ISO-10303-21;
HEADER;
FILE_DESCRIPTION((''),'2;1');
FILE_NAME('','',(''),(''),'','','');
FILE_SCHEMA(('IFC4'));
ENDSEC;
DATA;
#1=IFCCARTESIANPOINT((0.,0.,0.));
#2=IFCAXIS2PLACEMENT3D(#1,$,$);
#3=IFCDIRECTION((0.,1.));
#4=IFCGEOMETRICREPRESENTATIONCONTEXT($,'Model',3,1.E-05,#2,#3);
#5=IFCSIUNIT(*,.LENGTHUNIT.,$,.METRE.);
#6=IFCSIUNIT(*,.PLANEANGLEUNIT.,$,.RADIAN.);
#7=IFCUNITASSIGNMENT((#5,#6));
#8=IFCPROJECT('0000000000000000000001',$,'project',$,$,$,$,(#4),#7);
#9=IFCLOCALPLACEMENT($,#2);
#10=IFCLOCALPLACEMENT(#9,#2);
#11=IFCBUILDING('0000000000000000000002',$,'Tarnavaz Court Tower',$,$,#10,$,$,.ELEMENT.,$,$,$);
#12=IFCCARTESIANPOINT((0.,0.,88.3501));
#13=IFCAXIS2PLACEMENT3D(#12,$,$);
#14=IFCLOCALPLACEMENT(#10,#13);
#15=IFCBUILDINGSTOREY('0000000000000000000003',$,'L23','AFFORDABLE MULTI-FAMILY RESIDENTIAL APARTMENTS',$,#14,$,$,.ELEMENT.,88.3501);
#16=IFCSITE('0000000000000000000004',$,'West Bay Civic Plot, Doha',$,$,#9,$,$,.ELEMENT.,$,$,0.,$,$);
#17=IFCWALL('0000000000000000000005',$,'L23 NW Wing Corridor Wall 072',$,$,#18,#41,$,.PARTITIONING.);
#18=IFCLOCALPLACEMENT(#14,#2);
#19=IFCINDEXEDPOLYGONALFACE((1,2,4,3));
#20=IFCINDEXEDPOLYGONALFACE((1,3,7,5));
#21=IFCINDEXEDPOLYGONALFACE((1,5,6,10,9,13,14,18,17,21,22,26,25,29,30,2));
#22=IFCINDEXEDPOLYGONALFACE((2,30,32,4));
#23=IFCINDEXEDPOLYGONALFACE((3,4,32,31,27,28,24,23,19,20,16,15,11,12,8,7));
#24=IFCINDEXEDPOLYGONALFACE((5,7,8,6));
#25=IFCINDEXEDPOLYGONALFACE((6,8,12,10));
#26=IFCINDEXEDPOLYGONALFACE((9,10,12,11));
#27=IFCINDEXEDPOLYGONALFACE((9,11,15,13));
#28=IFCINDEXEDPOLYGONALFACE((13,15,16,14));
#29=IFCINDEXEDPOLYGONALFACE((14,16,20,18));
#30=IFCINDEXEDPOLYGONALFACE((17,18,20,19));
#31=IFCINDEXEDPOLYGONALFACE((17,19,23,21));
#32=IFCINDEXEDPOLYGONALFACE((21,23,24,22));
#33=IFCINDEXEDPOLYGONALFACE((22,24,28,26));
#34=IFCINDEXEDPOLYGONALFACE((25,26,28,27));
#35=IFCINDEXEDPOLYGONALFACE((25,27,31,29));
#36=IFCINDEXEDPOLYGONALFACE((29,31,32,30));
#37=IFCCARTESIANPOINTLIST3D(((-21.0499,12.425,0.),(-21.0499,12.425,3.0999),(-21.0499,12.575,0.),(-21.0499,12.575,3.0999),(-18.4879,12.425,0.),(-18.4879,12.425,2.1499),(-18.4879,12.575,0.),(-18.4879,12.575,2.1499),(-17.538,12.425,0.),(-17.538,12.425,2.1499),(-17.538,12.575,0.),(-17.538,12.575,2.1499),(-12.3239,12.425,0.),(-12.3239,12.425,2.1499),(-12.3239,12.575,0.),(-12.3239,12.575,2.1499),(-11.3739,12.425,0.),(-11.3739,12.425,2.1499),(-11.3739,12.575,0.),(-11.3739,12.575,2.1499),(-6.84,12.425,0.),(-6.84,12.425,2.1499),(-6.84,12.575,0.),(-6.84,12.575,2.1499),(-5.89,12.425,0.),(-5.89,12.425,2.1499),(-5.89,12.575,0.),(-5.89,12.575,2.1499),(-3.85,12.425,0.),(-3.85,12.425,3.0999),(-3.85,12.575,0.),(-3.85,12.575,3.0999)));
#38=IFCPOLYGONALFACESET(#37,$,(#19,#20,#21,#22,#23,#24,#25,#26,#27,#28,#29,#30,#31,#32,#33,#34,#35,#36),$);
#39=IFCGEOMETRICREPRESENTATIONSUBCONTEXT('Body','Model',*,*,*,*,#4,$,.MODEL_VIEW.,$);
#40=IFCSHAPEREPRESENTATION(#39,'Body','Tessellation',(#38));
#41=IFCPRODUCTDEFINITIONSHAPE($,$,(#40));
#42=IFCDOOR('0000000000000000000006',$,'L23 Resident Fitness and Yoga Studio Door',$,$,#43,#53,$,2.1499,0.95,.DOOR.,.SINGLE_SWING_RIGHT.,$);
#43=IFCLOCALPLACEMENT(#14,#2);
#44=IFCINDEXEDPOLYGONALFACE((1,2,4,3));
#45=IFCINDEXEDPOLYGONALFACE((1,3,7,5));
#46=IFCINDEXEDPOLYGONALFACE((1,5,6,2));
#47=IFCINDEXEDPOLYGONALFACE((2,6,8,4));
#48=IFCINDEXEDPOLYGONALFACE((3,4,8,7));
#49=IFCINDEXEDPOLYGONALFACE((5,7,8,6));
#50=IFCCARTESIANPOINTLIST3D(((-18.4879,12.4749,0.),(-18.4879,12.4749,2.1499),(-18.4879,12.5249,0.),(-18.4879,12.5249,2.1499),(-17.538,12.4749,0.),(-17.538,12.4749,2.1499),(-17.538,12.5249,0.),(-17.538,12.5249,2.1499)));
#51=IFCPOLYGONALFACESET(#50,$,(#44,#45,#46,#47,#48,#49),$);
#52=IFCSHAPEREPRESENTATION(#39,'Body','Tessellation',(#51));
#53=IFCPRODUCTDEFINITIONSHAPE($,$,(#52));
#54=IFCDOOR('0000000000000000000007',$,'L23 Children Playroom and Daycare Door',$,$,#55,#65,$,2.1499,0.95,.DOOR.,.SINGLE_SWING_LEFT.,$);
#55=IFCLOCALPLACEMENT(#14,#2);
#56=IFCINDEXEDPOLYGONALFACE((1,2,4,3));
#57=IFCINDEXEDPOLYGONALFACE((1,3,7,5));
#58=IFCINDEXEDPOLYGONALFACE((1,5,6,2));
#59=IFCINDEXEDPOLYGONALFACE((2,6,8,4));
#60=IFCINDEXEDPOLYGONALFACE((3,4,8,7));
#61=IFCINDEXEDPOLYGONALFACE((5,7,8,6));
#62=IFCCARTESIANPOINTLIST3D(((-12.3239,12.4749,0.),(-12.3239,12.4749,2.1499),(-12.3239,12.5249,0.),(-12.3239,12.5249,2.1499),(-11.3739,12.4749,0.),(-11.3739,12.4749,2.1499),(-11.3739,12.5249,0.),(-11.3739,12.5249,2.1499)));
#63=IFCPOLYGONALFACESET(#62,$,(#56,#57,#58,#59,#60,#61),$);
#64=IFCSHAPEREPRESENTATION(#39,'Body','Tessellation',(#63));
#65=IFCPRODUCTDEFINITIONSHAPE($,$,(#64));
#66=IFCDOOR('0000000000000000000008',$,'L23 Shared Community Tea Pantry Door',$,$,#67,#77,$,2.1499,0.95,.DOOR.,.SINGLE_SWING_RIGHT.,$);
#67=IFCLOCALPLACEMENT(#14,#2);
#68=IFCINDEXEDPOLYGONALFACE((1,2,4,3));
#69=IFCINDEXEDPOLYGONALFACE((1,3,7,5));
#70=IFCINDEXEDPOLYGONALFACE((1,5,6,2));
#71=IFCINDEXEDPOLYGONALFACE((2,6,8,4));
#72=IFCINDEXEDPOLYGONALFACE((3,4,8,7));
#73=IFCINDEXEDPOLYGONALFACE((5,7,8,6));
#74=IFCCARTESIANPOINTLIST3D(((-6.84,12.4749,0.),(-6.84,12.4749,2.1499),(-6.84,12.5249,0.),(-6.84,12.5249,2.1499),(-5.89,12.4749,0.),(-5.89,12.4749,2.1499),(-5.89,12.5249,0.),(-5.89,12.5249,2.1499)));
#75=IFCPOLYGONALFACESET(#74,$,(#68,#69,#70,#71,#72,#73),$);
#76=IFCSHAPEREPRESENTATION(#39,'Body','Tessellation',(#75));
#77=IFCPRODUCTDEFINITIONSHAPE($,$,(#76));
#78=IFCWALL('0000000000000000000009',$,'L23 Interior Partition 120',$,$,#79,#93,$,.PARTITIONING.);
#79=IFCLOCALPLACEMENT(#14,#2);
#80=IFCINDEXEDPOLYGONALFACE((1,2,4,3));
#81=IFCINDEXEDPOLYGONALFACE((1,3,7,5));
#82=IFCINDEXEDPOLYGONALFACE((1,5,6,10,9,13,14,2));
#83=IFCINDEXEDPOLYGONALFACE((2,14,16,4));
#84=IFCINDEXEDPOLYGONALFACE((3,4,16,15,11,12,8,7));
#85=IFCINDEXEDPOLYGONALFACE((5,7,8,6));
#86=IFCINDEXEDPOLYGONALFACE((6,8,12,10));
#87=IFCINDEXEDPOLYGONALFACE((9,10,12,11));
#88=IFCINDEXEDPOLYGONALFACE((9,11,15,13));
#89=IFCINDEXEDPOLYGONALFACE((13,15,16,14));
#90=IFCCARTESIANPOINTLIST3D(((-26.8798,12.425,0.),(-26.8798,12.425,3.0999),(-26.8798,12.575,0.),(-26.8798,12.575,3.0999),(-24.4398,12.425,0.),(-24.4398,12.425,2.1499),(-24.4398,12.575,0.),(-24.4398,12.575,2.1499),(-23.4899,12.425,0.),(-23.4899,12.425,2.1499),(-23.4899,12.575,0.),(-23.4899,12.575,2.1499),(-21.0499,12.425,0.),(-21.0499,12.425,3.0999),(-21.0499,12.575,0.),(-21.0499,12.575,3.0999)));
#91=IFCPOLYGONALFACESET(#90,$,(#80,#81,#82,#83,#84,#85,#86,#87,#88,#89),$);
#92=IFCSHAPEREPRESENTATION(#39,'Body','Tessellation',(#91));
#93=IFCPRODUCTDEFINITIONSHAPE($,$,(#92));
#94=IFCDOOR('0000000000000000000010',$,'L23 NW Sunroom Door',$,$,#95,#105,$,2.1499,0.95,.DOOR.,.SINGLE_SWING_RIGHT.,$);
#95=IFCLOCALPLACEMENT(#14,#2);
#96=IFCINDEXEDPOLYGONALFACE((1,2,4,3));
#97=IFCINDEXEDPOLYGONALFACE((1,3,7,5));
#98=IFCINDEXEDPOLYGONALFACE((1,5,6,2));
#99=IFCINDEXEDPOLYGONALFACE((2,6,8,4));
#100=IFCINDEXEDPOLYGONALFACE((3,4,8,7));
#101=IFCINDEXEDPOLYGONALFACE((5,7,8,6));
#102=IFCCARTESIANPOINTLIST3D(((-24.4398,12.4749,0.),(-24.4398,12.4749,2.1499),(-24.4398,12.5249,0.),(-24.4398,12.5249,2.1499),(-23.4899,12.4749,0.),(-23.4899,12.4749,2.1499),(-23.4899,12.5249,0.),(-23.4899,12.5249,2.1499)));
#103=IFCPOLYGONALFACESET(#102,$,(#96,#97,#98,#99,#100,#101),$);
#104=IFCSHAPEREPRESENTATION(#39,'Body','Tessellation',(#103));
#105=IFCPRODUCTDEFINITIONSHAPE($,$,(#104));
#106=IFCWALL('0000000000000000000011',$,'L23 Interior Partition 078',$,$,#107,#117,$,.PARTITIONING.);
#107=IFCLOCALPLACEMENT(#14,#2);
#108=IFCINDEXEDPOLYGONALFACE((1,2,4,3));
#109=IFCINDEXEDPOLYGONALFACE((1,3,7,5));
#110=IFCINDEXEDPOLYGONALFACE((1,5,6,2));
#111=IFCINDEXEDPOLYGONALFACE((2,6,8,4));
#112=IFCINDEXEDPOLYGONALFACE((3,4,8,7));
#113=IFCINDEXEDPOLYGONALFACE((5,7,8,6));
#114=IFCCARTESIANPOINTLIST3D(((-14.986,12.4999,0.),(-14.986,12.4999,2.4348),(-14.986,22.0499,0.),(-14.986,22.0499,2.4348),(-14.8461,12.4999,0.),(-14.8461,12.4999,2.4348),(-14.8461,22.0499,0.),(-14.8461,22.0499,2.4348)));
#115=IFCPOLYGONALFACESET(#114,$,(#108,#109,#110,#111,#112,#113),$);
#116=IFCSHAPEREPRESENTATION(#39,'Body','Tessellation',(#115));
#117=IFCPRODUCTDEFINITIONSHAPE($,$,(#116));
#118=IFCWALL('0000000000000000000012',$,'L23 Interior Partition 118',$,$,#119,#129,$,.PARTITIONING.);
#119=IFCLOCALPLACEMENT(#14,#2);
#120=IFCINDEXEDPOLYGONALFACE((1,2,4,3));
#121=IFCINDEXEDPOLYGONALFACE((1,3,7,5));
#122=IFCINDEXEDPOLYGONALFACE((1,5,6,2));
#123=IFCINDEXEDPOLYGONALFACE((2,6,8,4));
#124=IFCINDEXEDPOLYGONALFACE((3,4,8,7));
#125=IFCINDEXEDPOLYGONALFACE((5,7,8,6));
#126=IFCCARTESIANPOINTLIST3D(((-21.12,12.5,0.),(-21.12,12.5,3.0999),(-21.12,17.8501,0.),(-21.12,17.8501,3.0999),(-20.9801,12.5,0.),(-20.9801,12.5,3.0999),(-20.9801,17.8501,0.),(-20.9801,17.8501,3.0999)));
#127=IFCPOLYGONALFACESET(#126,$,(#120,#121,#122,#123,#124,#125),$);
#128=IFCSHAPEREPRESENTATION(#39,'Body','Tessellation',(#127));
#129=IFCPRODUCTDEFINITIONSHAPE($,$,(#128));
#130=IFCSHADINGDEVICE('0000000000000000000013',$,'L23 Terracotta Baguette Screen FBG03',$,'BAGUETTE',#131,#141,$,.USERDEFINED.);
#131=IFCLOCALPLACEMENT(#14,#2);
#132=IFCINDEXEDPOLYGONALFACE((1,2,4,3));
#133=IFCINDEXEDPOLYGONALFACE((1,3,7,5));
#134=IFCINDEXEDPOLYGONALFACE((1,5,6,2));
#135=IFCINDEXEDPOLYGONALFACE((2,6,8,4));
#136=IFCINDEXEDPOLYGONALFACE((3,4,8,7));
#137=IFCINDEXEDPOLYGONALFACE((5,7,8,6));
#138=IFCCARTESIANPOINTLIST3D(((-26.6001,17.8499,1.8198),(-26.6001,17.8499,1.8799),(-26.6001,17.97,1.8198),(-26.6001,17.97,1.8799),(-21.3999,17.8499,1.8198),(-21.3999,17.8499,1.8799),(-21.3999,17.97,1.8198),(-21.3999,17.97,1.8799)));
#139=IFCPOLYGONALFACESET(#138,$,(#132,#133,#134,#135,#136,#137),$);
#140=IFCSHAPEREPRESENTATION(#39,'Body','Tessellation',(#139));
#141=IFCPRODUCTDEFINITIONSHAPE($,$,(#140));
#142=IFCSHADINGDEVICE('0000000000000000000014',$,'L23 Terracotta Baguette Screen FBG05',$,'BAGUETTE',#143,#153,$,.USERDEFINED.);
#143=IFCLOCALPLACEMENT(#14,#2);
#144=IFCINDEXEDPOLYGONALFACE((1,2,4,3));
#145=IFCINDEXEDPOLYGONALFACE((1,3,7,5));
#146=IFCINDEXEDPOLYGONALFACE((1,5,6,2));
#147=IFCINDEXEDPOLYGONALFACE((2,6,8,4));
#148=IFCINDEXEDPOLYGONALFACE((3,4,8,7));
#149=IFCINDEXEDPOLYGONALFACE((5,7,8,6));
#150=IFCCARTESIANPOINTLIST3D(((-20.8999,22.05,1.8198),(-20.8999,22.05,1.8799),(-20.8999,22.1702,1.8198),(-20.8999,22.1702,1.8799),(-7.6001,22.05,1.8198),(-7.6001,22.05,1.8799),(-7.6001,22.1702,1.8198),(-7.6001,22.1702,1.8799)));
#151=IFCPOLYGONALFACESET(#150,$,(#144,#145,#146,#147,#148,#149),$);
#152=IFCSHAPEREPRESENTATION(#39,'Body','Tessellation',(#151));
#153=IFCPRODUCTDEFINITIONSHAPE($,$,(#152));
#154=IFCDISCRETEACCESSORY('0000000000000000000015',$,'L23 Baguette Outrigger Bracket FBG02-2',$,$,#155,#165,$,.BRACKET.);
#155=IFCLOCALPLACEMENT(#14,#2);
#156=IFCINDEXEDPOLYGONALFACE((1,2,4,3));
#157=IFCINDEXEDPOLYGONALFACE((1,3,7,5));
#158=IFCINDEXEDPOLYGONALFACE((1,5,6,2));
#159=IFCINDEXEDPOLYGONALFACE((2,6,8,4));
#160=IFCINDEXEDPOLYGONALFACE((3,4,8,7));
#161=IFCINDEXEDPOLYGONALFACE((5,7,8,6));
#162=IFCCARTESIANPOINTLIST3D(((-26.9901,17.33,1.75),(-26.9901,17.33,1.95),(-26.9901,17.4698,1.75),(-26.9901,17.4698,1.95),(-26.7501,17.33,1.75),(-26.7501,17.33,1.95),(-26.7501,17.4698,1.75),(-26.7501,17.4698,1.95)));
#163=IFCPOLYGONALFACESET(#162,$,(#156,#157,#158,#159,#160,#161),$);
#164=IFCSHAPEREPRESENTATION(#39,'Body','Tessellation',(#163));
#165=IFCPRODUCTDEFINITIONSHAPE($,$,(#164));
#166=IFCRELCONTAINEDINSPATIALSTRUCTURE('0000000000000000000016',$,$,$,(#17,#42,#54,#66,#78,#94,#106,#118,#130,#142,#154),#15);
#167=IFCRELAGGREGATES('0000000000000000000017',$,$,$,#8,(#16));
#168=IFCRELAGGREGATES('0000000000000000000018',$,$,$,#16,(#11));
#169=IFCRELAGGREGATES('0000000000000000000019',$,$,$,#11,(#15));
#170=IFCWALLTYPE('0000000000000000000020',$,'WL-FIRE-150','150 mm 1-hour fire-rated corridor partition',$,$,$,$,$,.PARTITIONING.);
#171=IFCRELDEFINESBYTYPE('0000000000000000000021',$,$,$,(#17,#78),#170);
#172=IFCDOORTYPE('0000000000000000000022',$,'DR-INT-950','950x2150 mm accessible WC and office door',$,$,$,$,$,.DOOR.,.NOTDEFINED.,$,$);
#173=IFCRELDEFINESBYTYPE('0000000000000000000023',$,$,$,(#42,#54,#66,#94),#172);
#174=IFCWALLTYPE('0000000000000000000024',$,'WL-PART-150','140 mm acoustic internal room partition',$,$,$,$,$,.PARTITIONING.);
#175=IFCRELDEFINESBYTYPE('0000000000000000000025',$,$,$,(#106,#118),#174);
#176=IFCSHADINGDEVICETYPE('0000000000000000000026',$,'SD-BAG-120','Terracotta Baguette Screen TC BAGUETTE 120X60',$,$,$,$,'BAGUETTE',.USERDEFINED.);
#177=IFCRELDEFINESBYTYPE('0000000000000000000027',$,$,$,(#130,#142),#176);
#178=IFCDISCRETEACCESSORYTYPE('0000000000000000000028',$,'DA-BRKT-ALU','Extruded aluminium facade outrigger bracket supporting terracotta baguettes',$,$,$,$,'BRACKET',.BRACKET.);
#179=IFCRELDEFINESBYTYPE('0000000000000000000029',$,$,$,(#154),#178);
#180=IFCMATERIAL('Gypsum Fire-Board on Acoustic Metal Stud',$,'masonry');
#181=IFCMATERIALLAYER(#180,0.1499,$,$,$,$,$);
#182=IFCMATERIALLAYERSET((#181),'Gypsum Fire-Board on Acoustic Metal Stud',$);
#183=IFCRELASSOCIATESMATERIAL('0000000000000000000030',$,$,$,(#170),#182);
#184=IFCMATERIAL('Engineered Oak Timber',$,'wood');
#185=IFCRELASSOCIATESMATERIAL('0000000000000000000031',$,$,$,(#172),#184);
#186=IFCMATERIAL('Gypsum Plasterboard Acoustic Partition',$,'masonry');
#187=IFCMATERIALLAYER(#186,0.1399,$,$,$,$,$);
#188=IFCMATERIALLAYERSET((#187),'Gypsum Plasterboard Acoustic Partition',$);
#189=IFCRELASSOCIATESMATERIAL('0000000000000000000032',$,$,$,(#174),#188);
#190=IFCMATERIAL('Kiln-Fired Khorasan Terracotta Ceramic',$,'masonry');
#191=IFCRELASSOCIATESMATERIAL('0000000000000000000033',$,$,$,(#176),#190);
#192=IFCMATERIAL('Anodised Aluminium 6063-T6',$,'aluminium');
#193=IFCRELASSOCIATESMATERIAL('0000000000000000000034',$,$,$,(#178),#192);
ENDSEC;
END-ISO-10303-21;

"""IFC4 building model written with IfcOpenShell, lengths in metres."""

from ifc_helpers import new_model, si_unit, direction, frame, frame_2d, origin, origin_2d, place, context, subcontext, project, spatial, rectangle, extrude, material, layer, layer_set, material_profile, profile_set, type_object, element, fill, save


model = new_model("IFC4")

# Units and contexts
model_context = context("Model", 3, precision=1e-05, world=origin(), true_north=direction((0.0, 1.0)))
body_context = subcontext(model_context, "Body", "Model", "MODEL_VIEW")
ifc_project = project(units=[si_unit("LENGTHUNIT", "METRE"), si_unit("PLANEANGLEUNIT", "RADIAN")], contexts=[model_context])

# Site, building, storey
site_placement = place(None, origin())
site = spatial("IfcSite", under=ifc_project, at=site_placement, Name="West Bay Civic Plot, Doha", CompositionType="ELEMENT", RefElevation=0.0)
building_placement = place(site_placement, origin())
building = spatial("IfcBuilding", under=site, at=building_placement, Name="Tarnavaz Court Tower", CompositionType="ELEMENT")
storey_placement = place(building_placement, frame((0.0, 0.0, 88.3501)))
storey = spatial("IfcBuildingStorey", under=building, at=storey_placement, Name="L23", Description="AFFORDABLE MULTI-FAMILY RESIDENTIAL APARTMENTS", CompositionType="ELEMENT", Elevation=88.3501)

# Wall, openings, doors
ifc_material_1 = material(Name="Gypsum Fire-Board on Acoustic Metal Stud", Category="masonry")
ifc_layer_1 = layer(ifc_material_1, 0.1499)
ifc_layer_set_1 = layer_set([ifc_layer_1], Name="Gypsum Fire-Board on Acoustic Metal Stud")
wall_type_1 = type_object("IfcWallType", Name="WL-FIRE-150", Description="150 mm 1-hour fire-rated corridor partition", PredefinedType="PARTITIONING", material=ifc_layer_set_1)
wall_1_placement = place(storey_placement, frame((-21.05, 12.5, 0.0), z_axis=(0.0, 0.0, 1.0), x_axis=(1.0, 0.0, 0.0)))
wall_1 = element("IfcWall", 1, at=wall_1_placement, inside=storey, type_object=wall_type_1, Name="L23 NW Wing Corridor Wall 072", PredefinedType="PARTITIONING", context=body_context, shape_type="SweptSolid", body=[
    extrude(rectangle(XDim=17.2, YDim=0.1499, at=frame_2d((8.6001, 0.0))), origin(), (0.0, 0.0, 1.0), 3.0999),
])
opening_1_placement = place(wall_1_placement, frame((2.562, 0.0, 0.0)))
opening_1 = element("IfcOpeningElement", 2, at=opening_1_placement, cuts=wall_1, PredefinedType="OPENING", context=body_context, shape_type="SweptSolid", body=[
    extrude(rectangle(XDim=0.95, YDim=2.1499, at=frame_2d((0.4751, 1.075))), frame((0.0, 0.085, 0.0), z_axis=(0.0, -1.0, 0.0), x_axis=(1.0, 0.0, 0.0)), (0.0, 0.0, 1.0), 0.1699),
])
opening_2_placement = place(wall_1_placement, frame((8.7261, 0.0, 0.0)))
opening_2 = element("IfcOpeningElement", 3, at=opening_2_placement, cuts=wall_1, PredefinedType="OPENING", context=body_context, shape_type="SweptSolid", body=[
    extrude(rectangle(XDim=0.95, YDim=2.1499, at=frame_2d((0.4751, 1.075))), frame((0.0, 0.085, 0.0), z_axis=(0.0, -1.0, 0.0), x_axis=(1.0, 0.0, 0.0)), (0.0, 0.0, 1.0), 0.1699),
])
opening_3_placement = place(wall_1_placement, frame((14.21, 0.0, 0.0)))
opening_3 = element("IfcOpeningElement", 4, at=opening_3_placement, cuts=wall_1, PredefinedType="OPENING", context=body_context, shape_type="SweptSolid", body=[
    extrude(rectangle(XDim=0.95, YDim=2.1499, at=frame_2d((0.4751, 1.075))), frame((0.0, 0.085, 0.0), z_axis=(0.0, -1.0, 0.0), x_axis=(1.0, 0.0, 0.0)), (0.0, 0.0, 1.0), 0.1699),
])
ifc_material_2 = material(Name="Engineered Oak Timber", Category="wood")
door_type = type_object("IfcDoorType", Name="DR-INT-950", Description="950x2150 mm accessible WC and office door", OperationType="NOTDEFINED", PredefinedType="DOOR", material=ifc_material_2)
door_1_placement = place(opening_1_placement, origin())
door_1 = element("IfcDoor", 5, at=door_1_placement, inside=storey, type_object=door_type, Name="L23 Resident Fitness and Yoga Studio Door", OperationType="SINGLE_SWING_RIGHT", OverallHeight=2.1499, OverallWidth=0.95, PredefinedType="DOOR", context=body_context, shape_type="SweptSolid", body=[
    extrude(rectangle(XDim=0.95, YDim=2.1499, at=frame_2d((0.4751, 1.075))), frame((0.0, 0.0249, 0.0), z_axis=(0.0, -1.0, 0.0), x_axis=(1.0, 0.0, 0.0)), (0.0, 0.0, 1.0), 0.05),
])
fill(opening_1, door_1)
door_2_placement = place(opening_2_placement, origin())
door_2 = element("IfcDoor", 6, at=door_2_placement, inside=storey, type_object=door_type, Name="L23 Children Playroom and Daycare Door", OperationType="SINGLE_SWING_LEFT", OverallHeight=2.1499, OverallWidth=0.95, PredefinedType="DOOR", context=body_context, shape_type="SweptSolid", body=[
    extrude(rectangle(XDim=0.95, YDim=2.1499, at=frame_2d((0.4751, 1.075))), frame((0.0, 0.0249, 0.0), z_axis=(0.0, -1.0, 0.0), x_axis=(1.0, 0.0, 0.0)), (0.0, 0.0, 1.0), 0.05),
])
fill(opening_2, door_2)
door_3_placement = place(opening_3_placement, origin())
door_3 = element("IfcDoor", 7, at=door_3_placement, inside=storey, type_object=door_type, Name="L23 Shared Community Tea Pantry Door", OperationType="SINGLE_SWING_RIGHT", OverallHeight=2.1499, OverallWidth=0.95, PredefinedType="DOOR", context=body_context, shape_type="SweptSolid", body=[
    extrude(rectangle(XDim=0.95, YDim=2.1499, at=frame_2d((0.4751, 1.075))), frame((0.0, 0.0249, 0.0), z_axis=(0.0, -1.0, 0.0), x_axis=(1.0, 0.0, 0.0)), (0.0, 0.0, 1.0), 0.05),
])
fill(opening_3, door_3)

# Wall, opening, door
wall_2_placement = place(storey_placement, frame((-26.8799, 12.5, 0.0), z_axis=(0.0, 0.0, 1.0), x_axis=(1.0, 0.0, 0.0)))
wall_2 = element("IfcWall", 8, at=wall_2_placement, inside=storey, type_object=wall_type_1, Name="L23 Interior Partition 120", PredefinedType="PARTITIONING", context=body_context, shape_type="SweptSolid", body=[
    extrude(rectangle(XDim=5.8298, YDim=0.1499, at=frame_2d((2.915, 0.0))), origin(), (0.0, 0.0, 1.0), 3.0999),
])
opening_4_placement = place(wall_2_placement, frame((2.4399, 0.0, 0.0)))
opening_4 = element("IfcOpeningElement", 9, at=opening_4_placement, cuts=wall_2, PredefinedType="OPENING", context=body_context, shape_type="SweptSolid", body=[
    extrude(rectangle(XDim=0.95, YDim=2.1499, at=frame_2d((0.4751, 1.075))), frame((0.0, 0.085, 0.0), z_axis=(0.0, -1.0, 0.0), x_axis=(1.0, 0.0, 0.0)), (0.0, 0.0, 1.0), 0.1699),
])
door_4_placement = place(opening_4_placement, origin())
door_4 = element("IfcDoor", 10, at=door_4_placement, inside=storey, type_object=door_type, Name="L23 NW Sunroom Door", OperationType="SINGLE_SWING_RIGHT", OverallHeight=2.1499, OverallWidth=0.95, PredefinedType="DOOR", context=body_context, shape_type="SweptSolid", body=[
    extrude(rectangle(XDim=0.95, YDim=2.1499, at=frame_2d((0.4751, 1.075))), frame((0.0, 0.0249, 0.0), z_axis=(0.0, -1.0, 0.0), x_axis=(1.0, 0.0, 0.0)), (0.0, 0.0, 1.0), 0.05),
])
fill(opening_4, door_4)

# Walls
ifc_material_3 = material(Name="Gypsum Plasterboard Acoustic Partition", Category="masonry")
ifc_layer_2 = layer(ifc_material_3, 0.1399)
ifc_layer_set_2 = layer_set([ifc_layer_2], Name="Gypsum Plasterboard Acoustic Partition")
wall_type_2 = type_object("IfcWallType", Name="WL-PART-150", Description="140 mm acoustic internal room partition", PredefinedType="PARTITIONING", material=ifc_layer_set_2)
wall_3_placement = place(storey_placement, frame((-14.916, 12.5, 0.0), z_axis=(0.0, 0.0, 1.0), x_axis=(0.0, 1.0, 0.0)))
element("IfcWall", 11, at=wall_3_placement, inside=storey, type_object=wall_type_2, Name="L23 Interior Partition 078", PredefinedType="PARTITIONING", context=body_context, shape_type="SweptSolid", body=[
    extrude(rectangle(XDim=9.55, YDim=0.1399, at=frame_2d((4.7749, 0.0))), origin(), (0.0, 0.0, 1.0), 2.4348),
])
wall_4_placement = place(storey_placement, frame((-21.05, 12.5, 0.0), z_axis=(0.0, 0.0, 1.0), x_axis=(0.0, 1.0, 0.0)))
element("IfcWall", 12, at=wall_4_placement, inside=storey, type_object=wall_type_2, Name="L23 Interior Partition 118", PredefinedType="PARTITIONING", context=body_context, shape_type="SweptSolid", body=[
    extrude(rectangle(XDim=5.3501, YDim=0.1399, at=frame_2d((2.675, 0.0))), origin(), (0.0, 0.0, 1.0), 3.0999),
])

# Shading devices
ifc_material_4 = material(Name="Kiln-Fired Khorasan Terracotta Ceramic", Category="masonry")
ifc_material_profile_1 = material_profile(ifc_material_4, rectangle(XDim=0.1201, YDim=0.0601, at=origin_2d()), Name="TC BAGUETTE 120X60")
ifc_profile_set_1 = profile_set([ifc_material_profile_1], Name="Kiln-Fired Khorasan Terracotta Ceramic")
shading_device_type = type_object("IfcShadingDeviceType", Name="SD-BAG-120", Description="Terracotta Baguette Screen TC BAGUETTE 120X60", ElementType="BAGUETTE", PredefinedType="USERDEFINED", material=ifc_profile_set_1)
shading_device_1_placement = place(storey_placement, frame((-26.6001, 17.9099, 1.8499), z_axis=(1.0, 0.0, 0.0), x_axis=(0.0, 1.0, 0.0)))
element("IfcShadingDevice", 13, at=shading_device_1_placement, inside=storey, type_object=shading_device_type, Name="L23 Terracotta Baguette Screen FBG03", ObjectType="BAGUETTE", PredefinedType="USERDEFINED", context=body_context, shape_type="SweptSolid", body=[
    extrude(rectangle(XDim=0.1201, YDim=0.0601, at=origin_2d()), origin(), (0.0, 0.0, 1.0), 5.2002),
])
shading_device_2_placement = place(storey_placement, frame((-20.8999, 22.1101, 1.8499), z_axis=(1.0, 0.0, 0.0), x_axis=(0.0, 1.0, 0.0)))
element("IfcShadingDevice", 14, at=shading_device_2_placement, inside=storey, type_object=shading_device_type, Name="L23 Terracotta Baguette Screen FBG05", ObjectType="BAGUETTE", PredefinedType="USERDEFINED", context=body_context, shape_type="SweptSolid", body=[
    extrude(rectangle(XDim=0.1201, YDim=0.0601, at=origin_2d()), origin(), (0.0, 0.0, 1.0), 13.2998),
])

# Discrete accessory
ifc_material_5 = material(Name="Anodised Aluminium 6063-T6", Category="aluminium")
discrete_accessory_type = type_object("IfcDiscreteAccessoryType", Name="DA-BRKT-ALU", Description="Extruded aluminium facade outrigger bracket supporting terracotta baguettes", ElementType="BRACKET", PredefinedType="BRACKET", material=ifc_material_5)
for number, where, z_axis, x_axis, name in (
    (15, (-26.8701, 17.3999, 1.75), (0.0, 0.0, 1.0), (0.0, 1.0, 0.0), "L23 Baguette Outrigger Bracket FBG02-2"),
):
    element("IfcDiscreteAccessory", number, at=place(storey_placement, frame(where, z_axis=z_axis, x_axis=x_axis)), inside=storey, type_object=discrete_accessory_type, Name=name, PredefinedType="BRACKET", context=body_context, shape_type="SweptSolid", body=[
        extrude(rectangle(XDim=0.1399, YDim=0.24, at=origin_2d()), origin(), (0.0, 0.0, 1.0), 0.2),
    ])

save(model, "model.ifc")
